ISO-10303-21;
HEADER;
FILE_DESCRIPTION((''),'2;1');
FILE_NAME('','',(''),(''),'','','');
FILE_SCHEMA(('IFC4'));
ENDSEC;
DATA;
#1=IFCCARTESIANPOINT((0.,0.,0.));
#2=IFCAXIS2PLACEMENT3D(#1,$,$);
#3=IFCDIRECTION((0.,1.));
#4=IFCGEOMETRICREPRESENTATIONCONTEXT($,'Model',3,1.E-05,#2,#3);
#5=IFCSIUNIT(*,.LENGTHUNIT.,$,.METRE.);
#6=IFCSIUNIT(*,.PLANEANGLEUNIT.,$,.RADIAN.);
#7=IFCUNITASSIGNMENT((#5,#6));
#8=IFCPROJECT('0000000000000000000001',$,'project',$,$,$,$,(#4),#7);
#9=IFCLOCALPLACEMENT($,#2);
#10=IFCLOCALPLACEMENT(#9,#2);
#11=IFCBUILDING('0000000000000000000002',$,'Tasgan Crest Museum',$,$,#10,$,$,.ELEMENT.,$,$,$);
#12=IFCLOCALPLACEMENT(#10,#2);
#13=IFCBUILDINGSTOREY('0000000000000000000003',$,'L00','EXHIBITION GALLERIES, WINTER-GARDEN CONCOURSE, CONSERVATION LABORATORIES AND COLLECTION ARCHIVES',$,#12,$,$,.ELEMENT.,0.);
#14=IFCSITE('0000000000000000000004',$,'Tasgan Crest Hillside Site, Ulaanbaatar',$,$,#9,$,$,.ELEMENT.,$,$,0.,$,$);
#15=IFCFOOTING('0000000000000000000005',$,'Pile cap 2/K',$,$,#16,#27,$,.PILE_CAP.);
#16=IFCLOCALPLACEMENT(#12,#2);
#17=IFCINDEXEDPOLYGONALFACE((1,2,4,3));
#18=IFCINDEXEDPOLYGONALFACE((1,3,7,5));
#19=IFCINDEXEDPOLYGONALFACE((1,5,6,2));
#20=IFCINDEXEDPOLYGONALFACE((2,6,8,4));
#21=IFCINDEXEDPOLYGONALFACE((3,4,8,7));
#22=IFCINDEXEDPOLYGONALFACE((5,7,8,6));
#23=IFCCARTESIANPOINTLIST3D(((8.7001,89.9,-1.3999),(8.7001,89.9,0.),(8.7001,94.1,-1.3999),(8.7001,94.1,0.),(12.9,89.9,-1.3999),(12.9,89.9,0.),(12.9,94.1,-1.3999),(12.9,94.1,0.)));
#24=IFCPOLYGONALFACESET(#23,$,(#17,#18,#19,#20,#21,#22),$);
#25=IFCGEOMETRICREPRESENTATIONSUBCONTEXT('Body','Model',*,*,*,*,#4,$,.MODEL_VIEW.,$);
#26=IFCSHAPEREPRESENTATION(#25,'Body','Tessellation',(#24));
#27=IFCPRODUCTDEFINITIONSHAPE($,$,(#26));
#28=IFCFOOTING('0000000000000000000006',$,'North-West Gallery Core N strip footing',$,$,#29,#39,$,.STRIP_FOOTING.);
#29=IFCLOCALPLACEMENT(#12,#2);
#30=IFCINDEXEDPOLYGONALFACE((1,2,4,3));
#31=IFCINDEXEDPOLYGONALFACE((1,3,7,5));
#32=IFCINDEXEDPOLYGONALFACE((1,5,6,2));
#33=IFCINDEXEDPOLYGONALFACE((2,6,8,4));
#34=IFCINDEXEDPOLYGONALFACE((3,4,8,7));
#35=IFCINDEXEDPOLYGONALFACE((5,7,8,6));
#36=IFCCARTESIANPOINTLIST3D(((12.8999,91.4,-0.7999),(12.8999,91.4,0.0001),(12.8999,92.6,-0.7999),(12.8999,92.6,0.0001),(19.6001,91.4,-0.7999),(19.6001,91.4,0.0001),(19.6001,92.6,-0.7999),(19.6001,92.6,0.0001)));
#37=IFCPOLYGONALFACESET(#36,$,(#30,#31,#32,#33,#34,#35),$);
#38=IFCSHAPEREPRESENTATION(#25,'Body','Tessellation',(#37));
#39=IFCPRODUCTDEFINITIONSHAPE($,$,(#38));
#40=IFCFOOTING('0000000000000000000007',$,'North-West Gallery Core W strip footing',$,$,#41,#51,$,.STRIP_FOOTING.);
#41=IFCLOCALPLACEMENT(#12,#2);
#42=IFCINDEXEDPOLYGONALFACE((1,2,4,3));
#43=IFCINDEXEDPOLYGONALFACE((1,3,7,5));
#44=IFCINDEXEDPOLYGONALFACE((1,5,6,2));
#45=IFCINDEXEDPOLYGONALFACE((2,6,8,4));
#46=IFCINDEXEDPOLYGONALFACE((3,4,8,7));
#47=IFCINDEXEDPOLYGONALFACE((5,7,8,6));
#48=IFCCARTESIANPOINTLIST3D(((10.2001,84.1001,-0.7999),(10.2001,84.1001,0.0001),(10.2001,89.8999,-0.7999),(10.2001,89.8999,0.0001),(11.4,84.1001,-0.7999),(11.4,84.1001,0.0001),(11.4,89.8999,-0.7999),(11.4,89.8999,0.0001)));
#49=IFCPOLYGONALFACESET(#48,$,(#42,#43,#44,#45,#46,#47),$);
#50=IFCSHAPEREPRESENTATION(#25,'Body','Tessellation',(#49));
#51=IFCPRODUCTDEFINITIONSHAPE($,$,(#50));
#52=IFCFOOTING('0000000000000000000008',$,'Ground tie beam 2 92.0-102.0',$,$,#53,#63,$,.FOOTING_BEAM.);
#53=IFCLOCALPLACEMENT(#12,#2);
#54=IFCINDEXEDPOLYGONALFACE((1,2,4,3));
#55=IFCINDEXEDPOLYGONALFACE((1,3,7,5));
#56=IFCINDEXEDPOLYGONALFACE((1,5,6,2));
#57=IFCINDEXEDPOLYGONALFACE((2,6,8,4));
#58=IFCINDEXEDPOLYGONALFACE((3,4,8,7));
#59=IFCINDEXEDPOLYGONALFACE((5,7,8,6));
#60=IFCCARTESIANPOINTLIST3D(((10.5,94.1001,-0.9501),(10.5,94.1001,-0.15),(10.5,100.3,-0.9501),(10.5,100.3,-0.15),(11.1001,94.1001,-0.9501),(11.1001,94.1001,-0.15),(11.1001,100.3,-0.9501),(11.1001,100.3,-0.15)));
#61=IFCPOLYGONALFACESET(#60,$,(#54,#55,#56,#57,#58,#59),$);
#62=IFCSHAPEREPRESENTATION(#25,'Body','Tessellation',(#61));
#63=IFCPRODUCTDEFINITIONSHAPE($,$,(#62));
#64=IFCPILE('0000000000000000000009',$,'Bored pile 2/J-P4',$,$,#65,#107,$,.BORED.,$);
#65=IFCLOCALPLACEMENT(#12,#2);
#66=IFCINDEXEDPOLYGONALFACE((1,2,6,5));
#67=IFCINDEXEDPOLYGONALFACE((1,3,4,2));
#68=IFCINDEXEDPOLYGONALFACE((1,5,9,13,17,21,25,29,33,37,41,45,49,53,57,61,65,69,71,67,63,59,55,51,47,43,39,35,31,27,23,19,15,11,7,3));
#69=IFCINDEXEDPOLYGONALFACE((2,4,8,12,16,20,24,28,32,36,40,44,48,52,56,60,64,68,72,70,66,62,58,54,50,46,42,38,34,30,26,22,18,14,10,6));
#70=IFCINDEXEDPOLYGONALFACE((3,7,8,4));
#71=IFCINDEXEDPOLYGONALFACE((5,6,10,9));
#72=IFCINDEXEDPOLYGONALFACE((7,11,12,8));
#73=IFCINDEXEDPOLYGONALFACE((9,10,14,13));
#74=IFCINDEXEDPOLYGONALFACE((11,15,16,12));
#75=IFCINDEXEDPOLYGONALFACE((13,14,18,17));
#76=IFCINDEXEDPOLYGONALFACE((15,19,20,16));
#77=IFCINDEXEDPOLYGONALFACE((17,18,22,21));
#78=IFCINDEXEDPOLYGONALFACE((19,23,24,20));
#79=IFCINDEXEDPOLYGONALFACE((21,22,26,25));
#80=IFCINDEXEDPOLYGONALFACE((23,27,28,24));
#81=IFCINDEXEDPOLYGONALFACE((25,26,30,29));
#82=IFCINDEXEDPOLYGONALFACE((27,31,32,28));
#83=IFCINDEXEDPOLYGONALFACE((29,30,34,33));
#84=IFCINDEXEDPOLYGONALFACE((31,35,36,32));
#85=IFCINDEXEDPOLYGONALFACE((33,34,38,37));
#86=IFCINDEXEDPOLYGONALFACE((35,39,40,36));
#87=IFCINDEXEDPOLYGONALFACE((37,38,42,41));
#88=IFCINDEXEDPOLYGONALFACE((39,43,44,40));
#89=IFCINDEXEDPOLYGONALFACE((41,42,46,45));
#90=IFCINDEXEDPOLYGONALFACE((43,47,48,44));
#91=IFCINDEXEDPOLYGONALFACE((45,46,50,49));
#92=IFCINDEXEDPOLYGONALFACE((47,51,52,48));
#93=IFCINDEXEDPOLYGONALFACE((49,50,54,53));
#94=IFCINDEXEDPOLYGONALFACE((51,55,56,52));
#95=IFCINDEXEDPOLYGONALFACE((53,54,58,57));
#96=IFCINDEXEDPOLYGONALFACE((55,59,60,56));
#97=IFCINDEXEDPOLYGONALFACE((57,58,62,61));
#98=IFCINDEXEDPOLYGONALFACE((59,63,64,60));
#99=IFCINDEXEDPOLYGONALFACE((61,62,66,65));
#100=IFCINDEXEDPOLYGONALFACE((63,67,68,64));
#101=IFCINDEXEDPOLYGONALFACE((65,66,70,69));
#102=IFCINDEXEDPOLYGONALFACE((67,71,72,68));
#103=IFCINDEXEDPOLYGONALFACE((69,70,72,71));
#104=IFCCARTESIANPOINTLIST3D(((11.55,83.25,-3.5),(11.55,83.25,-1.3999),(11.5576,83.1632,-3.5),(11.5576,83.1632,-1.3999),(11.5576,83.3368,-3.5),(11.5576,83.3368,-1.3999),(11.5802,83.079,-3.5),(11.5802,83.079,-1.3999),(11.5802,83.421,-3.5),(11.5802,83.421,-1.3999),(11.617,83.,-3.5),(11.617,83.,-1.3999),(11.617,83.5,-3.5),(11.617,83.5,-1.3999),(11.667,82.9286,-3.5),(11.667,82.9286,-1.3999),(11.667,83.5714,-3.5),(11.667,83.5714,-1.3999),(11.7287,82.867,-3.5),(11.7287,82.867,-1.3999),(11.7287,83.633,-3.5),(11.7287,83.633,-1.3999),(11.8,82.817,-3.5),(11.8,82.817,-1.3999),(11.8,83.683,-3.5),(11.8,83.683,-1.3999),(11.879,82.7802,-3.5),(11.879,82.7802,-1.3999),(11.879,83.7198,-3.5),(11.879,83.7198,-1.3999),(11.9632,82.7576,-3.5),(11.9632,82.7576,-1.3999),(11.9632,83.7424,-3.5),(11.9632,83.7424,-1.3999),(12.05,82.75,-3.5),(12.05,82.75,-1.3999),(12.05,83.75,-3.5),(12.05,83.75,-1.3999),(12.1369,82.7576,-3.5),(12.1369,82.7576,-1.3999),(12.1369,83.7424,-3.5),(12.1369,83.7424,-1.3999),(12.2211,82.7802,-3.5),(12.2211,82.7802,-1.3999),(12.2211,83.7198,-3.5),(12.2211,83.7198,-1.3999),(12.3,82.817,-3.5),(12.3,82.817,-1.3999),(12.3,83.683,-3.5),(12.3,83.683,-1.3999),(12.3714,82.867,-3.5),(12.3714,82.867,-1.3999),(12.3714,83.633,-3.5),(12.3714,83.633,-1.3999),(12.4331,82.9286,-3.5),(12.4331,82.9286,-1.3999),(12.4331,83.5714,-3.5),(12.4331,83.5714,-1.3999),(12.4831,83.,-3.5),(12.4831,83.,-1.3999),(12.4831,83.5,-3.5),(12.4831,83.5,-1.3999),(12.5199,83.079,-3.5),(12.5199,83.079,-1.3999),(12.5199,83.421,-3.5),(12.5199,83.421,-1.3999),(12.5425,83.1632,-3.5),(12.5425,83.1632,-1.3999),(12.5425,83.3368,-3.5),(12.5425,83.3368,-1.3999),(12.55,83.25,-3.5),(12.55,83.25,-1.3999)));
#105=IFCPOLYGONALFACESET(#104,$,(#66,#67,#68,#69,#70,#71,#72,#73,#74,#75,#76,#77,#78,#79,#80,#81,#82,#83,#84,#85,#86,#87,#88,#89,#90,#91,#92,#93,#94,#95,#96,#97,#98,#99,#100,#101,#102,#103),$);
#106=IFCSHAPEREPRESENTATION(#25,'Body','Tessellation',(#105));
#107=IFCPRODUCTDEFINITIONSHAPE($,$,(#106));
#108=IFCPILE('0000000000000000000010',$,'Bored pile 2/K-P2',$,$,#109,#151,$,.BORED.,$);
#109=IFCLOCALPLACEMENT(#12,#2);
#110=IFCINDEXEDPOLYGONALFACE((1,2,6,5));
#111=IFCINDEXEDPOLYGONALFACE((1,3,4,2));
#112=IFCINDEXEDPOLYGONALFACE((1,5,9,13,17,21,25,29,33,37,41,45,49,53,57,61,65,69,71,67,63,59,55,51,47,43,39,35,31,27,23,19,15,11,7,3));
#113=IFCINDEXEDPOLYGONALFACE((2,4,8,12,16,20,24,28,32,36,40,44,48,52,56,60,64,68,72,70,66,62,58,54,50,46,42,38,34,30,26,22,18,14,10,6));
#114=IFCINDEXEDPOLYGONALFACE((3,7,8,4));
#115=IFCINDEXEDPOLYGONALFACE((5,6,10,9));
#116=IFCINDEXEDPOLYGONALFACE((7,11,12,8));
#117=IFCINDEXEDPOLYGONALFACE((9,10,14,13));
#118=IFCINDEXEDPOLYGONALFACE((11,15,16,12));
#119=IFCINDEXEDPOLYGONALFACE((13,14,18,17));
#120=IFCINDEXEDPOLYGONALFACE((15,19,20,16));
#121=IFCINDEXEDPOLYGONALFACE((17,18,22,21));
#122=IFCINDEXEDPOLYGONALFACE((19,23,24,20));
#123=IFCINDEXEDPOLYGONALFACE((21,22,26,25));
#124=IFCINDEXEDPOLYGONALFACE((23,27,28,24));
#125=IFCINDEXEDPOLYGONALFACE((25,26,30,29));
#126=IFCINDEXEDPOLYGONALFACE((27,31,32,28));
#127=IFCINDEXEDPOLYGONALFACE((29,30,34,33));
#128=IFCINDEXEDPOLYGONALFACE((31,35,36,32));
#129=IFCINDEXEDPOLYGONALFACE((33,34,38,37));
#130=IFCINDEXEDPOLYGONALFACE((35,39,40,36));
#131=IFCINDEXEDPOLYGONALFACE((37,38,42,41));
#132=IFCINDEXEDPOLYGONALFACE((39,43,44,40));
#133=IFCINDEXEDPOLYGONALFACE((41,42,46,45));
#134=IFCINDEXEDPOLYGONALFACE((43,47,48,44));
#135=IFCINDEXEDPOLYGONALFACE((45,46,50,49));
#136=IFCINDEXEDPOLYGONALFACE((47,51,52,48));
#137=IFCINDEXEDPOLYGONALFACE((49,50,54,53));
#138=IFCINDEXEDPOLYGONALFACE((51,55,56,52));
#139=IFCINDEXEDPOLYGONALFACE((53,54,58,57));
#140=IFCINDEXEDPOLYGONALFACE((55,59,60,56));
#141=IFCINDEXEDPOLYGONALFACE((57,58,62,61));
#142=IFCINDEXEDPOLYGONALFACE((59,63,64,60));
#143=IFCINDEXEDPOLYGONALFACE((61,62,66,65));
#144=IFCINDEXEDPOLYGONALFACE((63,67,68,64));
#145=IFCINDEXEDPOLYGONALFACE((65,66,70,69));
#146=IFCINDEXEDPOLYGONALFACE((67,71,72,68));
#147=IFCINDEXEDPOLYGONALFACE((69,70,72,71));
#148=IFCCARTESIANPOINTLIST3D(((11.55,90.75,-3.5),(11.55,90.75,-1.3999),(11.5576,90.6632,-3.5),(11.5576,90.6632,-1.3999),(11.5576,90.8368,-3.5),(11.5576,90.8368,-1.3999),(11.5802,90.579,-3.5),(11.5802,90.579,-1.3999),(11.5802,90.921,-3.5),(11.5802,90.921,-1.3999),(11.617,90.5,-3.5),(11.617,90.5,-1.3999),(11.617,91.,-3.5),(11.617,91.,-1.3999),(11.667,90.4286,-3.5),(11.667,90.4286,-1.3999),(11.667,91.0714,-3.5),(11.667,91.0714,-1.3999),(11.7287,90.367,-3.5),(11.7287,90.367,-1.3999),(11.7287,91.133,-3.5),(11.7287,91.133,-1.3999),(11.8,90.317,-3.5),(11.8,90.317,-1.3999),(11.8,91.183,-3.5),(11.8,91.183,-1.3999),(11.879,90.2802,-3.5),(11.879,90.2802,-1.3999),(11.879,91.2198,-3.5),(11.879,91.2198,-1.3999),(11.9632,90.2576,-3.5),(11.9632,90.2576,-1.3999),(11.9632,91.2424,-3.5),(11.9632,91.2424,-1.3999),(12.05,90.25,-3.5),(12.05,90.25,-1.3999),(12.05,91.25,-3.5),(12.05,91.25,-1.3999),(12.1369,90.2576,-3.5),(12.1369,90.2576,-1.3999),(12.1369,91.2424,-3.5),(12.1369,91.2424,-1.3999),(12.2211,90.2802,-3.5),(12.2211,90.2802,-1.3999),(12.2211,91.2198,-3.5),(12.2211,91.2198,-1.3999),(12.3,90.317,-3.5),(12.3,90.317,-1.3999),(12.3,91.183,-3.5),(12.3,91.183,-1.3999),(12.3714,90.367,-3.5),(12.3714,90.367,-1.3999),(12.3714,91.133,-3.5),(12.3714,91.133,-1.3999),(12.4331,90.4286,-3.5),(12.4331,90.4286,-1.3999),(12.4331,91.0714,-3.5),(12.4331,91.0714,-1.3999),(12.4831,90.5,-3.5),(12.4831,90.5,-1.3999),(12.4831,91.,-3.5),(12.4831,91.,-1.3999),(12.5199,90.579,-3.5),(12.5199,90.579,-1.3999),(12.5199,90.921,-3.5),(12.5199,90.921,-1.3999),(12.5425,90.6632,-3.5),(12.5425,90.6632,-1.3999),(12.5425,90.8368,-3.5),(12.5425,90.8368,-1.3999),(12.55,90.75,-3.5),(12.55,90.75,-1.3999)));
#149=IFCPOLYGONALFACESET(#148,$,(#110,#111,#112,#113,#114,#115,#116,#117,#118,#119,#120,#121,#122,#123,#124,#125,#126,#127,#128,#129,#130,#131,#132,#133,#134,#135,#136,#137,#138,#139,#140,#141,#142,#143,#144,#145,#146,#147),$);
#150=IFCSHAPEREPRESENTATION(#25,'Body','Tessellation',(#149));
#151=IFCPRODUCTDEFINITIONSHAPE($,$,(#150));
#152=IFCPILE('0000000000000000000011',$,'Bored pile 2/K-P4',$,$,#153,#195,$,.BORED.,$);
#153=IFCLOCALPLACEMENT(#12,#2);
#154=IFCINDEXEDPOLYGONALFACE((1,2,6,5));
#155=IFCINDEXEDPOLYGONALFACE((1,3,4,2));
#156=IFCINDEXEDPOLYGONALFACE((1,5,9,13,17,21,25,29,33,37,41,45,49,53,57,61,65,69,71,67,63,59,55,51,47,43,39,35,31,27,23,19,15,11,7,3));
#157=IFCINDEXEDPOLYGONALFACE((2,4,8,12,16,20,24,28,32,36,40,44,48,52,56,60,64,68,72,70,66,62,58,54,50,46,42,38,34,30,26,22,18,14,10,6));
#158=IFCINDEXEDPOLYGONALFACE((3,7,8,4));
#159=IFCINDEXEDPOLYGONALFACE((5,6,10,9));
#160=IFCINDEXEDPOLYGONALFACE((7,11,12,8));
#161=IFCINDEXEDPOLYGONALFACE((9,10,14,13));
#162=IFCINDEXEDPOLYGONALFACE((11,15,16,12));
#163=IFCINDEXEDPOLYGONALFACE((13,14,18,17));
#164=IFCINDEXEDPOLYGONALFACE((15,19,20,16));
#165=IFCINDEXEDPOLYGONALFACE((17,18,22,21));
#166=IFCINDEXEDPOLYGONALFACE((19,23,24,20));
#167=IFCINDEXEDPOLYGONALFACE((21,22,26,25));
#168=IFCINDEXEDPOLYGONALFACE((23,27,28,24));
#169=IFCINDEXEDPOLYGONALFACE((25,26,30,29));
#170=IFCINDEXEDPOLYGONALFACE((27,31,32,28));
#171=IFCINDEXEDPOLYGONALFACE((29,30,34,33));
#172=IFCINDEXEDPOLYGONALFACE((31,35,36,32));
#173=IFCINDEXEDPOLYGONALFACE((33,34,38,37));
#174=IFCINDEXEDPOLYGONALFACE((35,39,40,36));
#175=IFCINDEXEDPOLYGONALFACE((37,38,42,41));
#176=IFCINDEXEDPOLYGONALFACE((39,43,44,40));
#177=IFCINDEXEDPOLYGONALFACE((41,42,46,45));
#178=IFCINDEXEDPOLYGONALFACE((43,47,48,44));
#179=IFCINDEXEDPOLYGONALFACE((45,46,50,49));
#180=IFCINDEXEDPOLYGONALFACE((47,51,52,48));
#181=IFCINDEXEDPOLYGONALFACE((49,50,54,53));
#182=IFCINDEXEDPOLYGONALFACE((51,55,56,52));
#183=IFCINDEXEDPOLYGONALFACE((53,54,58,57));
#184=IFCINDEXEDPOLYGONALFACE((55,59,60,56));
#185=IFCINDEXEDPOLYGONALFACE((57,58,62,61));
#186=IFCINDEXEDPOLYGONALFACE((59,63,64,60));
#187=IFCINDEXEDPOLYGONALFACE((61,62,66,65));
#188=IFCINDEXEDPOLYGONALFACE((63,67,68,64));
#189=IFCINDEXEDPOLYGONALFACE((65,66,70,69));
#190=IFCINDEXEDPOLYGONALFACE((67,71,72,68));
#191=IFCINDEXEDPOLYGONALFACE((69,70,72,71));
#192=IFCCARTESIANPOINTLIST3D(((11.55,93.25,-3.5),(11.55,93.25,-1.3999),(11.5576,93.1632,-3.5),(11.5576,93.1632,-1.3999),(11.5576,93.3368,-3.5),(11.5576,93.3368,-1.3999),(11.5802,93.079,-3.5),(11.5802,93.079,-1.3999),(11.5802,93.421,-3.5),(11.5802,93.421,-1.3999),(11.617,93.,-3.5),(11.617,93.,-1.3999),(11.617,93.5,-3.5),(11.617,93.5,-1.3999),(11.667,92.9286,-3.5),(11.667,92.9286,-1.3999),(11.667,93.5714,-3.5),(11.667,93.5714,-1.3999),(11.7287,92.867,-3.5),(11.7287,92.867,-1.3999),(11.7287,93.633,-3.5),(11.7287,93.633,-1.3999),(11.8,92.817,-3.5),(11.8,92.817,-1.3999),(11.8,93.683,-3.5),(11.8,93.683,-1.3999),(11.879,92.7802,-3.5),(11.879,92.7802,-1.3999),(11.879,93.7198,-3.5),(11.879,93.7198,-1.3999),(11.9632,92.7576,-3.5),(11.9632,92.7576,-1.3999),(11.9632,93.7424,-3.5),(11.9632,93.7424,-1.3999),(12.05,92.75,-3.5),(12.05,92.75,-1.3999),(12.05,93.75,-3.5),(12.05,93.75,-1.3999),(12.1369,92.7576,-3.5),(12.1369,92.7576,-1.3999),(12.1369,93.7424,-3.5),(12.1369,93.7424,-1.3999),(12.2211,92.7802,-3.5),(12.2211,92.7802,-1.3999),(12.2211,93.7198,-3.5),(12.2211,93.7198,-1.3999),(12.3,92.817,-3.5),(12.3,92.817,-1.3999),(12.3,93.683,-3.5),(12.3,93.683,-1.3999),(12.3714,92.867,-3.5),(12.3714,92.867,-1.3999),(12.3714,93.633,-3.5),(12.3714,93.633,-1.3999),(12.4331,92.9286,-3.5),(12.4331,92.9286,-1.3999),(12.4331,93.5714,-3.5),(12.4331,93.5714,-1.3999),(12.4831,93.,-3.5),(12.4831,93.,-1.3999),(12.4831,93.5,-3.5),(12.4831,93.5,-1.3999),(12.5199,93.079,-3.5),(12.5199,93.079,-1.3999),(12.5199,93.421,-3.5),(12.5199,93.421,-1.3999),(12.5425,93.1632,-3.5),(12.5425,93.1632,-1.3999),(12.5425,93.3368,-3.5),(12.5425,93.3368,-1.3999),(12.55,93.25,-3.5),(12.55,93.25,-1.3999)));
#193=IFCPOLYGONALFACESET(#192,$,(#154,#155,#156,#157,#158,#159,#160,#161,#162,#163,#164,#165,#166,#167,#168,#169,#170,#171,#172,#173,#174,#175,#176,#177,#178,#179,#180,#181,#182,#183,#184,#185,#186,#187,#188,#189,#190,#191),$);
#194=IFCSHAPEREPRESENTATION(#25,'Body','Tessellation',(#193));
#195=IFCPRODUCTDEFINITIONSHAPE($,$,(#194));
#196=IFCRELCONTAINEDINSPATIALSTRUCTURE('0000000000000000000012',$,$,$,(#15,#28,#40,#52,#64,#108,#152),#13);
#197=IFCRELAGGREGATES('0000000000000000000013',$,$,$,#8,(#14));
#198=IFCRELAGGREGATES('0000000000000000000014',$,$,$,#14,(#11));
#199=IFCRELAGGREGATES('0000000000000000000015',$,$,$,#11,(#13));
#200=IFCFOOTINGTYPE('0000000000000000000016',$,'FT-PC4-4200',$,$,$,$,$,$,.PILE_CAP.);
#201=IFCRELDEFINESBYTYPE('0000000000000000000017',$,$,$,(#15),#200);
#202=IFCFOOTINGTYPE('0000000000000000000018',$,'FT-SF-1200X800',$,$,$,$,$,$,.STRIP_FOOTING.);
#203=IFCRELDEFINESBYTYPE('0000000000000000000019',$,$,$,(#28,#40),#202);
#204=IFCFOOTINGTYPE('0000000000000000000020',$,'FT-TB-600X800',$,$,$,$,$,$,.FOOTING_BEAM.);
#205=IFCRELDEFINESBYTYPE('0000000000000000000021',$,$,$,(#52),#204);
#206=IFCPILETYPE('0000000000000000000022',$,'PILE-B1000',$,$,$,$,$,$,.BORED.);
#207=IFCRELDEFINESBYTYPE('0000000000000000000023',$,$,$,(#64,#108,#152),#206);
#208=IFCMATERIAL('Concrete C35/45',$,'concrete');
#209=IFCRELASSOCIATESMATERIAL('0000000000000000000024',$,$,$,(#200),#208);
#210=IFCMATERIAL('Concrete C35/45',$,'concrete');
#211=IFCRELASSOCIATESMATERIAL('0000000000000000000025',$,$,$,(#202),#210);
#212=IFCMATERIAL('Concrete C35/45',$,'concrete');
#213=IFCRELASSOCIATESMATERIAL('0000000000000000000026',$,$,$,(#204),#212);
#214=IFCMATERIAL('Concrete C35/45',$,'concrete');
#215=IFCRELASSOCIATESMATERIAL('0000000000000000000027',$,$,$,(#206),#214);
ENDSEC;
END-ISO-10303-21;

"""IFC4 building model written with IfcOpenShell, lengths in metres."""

from ifc_helpers import new_model, si_unit, direction, frame, origin, origin_2d, place, context, subcontext, project, spatial, rectangle, circle, extrude, material, material_profile, profile_set, type_object, element, save


model = new_model("IFC4")

# Units and contexts
model_context = context("Model", 3, precision=1e-05, world=origin(), true_north=direction((0.0, 1.0)))
body_context = subcontext(model_context, "Body", "Model", "MODEL_VIEW")
ifc_project = project(units=[si_unit("LENGTHUNIT", "METRE"), si_unit("PLANEANGLEUNIT", "RADIAN")], contexts=[model_context])

# Site, building, storey
site_placement = place(None, origin())
site = spatial("IfcSite", under=ifc_project, at=site_placement, Name="Tasgan Crest Hillside Site, Ulaanbaatar", CompositionType="ELEMENT", RefElevation=0.0)
building_placement = place(site_placement, origin())
building = spatial("IfcBuilding", under=site, at=building_placement, Name="Tasgan Crest Museum", CompositionType="ELEMENT")
storey_placement = place(building_placement, origin())
storey = spatial("IfcBuildingStorey", under=building, at=storey_placement, Name="L00", Description="EXHIBITION GALLERIES, WINTER-GARDEN CONCOURSE, CONSERVATION LABORATORIES AND COLLECTION ARCHIVES", CompositionType="ELEMENT", Elevation=0.0)

# Footings
ifc_material_1 = material(Name="Concrete C35/45", Category="concrete")
footing_type_1 = type_object("IfcFootingType", Name="FT-PC4-4200", PredefinedType="PILE_CAP", material=ifc_material_1)
footing_1_placement = place(storey_placement, frame((10.8, 92.0, -1.3999), z_axis=(0.0, 0.0, 1.0), x_axis=(1.0, 0.0, 0.0)))
element("IfcFooting", 1, at=footing_1_placement, inside=storey, type_object=footing_type_1, Name="Pile cap 2/K", PredefinedType="PILE_CAP", context=body_context, shape_type="SweptSolid", body=[
    extrude(rectangle(XDim=4.2, YDim=4.2, at=origin_2d()), origin(), (0.0, 0.0, 1.0), 1.3999),
])
ifc_material_2 = material(Name="Concrete C35/45", Category="concrete")
ifc_material_profile_1 = material_profile(ifc_material_2, rectangle(XDim=1.2, YDim=0.8, at=origin_2d()), Name="SF 1200x800")
ifc_profile_set_1 = profile_set([ifc_material_profile_1], Name="Concrete C35/45")
footing_type_2 = type_object("IfcFootingType", Name="FT-SF-1200X800", PredefinedType="STRIP_FOOTING", material=ifc_profile_set_1)
footing_2_placement = place(storey_placement, frame((12.8999, 92.0, -0.3999), z_axis=(1.0, 0.0, 0.0), x_axis=(0.0, 1.0, 0.0)))
element("IfcFooting", 2, at=footing_2_placement, inside=storey, type_object=footing_type_2, Name="North-West Gallery Core N strip footing", PredefinedType="STRIP_FOOTING", context=body_context, shape_type="SweptSolid", body=[
    extrude(rectangle(XDim=1.2, YDim=0.8, at=origin_2d()), origin(), (0.0, 0.0, 1.0), 6.7002),
])
footing_3_placement = place(storey_placement, frame((10.8, 84.1001, -0.3999), z_axis=(0.0, 1.0, 0.0), x_axis=(-1.0, 0.0, 0.0)))
element("IfcFooting", 3, at=footing_3_placement, inside=storey, type_object=footing_type_2, Name="North-West Gallery Core W strip footing", PredefinedType="STRIP_FOOTING", context=body_context, shape_type="SweptSolid", body=[
    extrude(rectangle(XDim=1.2, YDim=0.8, at=origin_2d()), origin(), (0.0, 0.0, 1.0), 5.7998),
])
ifc_material_3 = material(Name="Concrete C35/45", Category="concrete")
ifc_material_profile_2 = material_profile(ifc_material_3, rectangle(XDim=0.6001, YDim=0.8, at=origin_2d()), Name="TB 600x800")
ifc_profile_set_2 = profile_set([ifc_material_profile_2], Name="Concrete C35/45")
footing_type_3 = type_object("IfcFootingType", Name="FT-TB-600X800", PredefinedType="FOOTING_BEAM", material=ifc_profile_set_2)
footing_4_placement = place(storey_placement, frame((10.8, 94.1001, -0.55), z_axis=(0.0, 1.0, 0.0), x_axis=(-1.0, 0.0, 0.0)))
element("IfcFooting", 4, at=footing_4_placement, inside=storey, type_object=footing_type_3, Name="Ground tie beam 2 92.0-102.0", PredefinedType="FOOTING_BEAM", context=body_context, shape_type="SweptSolid", body=[
    extrude(rectangle(XDim=0.6001, YDim=0.8, at=origin_2d()), origin(), (0.0, 0.0, 1.0), 6.2),
])

# Piles
ifc_material_4 = material(Name="Concrete C35/45", Category="concrete")
ifc_material_profile_3 = material_profile(ifc_material_4, circle(Radius=0.5, at=origin_2d()), Name="PILE D1000")
ifc_profile_set_3 = profile_set([ifc_material_profile_3], Name="Concrete C35/45")
pile_type = type_object("IfcPileType", Name="PILE-B1000", PredefinedType="BORED", material=ifc_profile_set_3)
for number, where, z_axis, x_axis, name in (
    (5, (12.05, 83.25, -1.3999), (0.0, 0.0, -1.0), (1.0, 0.0, 0.0), "Bored pile 2/J-P4"),
    (6, (12.05, 90.75, -1.3999), (0.0, 0.0, -1.0), (1.0, 0.0, 0.0), "Bored pile 2/K-P2"),
    (7, (12.05, 93.25, -1.3999), (0.0, 0.0, -1.0), (1.0, 0.0, 0.0), "Bored pile 2/K-P4"),
):
    element("IfcPile", number, at=place(storey_placement, frame(where, z_axis=z_axis, x_axis=x_axis)), inside=storey, type_object=pile_type, Name=name, PredefinedType="BORED", context=body_context, shape_type="SweptSolid", body=[
        extrude(circle(Radius=0.5, at=origin_2d()), origin(), (0.0, 0.0, 1.0), 2.1001),
    ])

save(model, "model.ifc")
